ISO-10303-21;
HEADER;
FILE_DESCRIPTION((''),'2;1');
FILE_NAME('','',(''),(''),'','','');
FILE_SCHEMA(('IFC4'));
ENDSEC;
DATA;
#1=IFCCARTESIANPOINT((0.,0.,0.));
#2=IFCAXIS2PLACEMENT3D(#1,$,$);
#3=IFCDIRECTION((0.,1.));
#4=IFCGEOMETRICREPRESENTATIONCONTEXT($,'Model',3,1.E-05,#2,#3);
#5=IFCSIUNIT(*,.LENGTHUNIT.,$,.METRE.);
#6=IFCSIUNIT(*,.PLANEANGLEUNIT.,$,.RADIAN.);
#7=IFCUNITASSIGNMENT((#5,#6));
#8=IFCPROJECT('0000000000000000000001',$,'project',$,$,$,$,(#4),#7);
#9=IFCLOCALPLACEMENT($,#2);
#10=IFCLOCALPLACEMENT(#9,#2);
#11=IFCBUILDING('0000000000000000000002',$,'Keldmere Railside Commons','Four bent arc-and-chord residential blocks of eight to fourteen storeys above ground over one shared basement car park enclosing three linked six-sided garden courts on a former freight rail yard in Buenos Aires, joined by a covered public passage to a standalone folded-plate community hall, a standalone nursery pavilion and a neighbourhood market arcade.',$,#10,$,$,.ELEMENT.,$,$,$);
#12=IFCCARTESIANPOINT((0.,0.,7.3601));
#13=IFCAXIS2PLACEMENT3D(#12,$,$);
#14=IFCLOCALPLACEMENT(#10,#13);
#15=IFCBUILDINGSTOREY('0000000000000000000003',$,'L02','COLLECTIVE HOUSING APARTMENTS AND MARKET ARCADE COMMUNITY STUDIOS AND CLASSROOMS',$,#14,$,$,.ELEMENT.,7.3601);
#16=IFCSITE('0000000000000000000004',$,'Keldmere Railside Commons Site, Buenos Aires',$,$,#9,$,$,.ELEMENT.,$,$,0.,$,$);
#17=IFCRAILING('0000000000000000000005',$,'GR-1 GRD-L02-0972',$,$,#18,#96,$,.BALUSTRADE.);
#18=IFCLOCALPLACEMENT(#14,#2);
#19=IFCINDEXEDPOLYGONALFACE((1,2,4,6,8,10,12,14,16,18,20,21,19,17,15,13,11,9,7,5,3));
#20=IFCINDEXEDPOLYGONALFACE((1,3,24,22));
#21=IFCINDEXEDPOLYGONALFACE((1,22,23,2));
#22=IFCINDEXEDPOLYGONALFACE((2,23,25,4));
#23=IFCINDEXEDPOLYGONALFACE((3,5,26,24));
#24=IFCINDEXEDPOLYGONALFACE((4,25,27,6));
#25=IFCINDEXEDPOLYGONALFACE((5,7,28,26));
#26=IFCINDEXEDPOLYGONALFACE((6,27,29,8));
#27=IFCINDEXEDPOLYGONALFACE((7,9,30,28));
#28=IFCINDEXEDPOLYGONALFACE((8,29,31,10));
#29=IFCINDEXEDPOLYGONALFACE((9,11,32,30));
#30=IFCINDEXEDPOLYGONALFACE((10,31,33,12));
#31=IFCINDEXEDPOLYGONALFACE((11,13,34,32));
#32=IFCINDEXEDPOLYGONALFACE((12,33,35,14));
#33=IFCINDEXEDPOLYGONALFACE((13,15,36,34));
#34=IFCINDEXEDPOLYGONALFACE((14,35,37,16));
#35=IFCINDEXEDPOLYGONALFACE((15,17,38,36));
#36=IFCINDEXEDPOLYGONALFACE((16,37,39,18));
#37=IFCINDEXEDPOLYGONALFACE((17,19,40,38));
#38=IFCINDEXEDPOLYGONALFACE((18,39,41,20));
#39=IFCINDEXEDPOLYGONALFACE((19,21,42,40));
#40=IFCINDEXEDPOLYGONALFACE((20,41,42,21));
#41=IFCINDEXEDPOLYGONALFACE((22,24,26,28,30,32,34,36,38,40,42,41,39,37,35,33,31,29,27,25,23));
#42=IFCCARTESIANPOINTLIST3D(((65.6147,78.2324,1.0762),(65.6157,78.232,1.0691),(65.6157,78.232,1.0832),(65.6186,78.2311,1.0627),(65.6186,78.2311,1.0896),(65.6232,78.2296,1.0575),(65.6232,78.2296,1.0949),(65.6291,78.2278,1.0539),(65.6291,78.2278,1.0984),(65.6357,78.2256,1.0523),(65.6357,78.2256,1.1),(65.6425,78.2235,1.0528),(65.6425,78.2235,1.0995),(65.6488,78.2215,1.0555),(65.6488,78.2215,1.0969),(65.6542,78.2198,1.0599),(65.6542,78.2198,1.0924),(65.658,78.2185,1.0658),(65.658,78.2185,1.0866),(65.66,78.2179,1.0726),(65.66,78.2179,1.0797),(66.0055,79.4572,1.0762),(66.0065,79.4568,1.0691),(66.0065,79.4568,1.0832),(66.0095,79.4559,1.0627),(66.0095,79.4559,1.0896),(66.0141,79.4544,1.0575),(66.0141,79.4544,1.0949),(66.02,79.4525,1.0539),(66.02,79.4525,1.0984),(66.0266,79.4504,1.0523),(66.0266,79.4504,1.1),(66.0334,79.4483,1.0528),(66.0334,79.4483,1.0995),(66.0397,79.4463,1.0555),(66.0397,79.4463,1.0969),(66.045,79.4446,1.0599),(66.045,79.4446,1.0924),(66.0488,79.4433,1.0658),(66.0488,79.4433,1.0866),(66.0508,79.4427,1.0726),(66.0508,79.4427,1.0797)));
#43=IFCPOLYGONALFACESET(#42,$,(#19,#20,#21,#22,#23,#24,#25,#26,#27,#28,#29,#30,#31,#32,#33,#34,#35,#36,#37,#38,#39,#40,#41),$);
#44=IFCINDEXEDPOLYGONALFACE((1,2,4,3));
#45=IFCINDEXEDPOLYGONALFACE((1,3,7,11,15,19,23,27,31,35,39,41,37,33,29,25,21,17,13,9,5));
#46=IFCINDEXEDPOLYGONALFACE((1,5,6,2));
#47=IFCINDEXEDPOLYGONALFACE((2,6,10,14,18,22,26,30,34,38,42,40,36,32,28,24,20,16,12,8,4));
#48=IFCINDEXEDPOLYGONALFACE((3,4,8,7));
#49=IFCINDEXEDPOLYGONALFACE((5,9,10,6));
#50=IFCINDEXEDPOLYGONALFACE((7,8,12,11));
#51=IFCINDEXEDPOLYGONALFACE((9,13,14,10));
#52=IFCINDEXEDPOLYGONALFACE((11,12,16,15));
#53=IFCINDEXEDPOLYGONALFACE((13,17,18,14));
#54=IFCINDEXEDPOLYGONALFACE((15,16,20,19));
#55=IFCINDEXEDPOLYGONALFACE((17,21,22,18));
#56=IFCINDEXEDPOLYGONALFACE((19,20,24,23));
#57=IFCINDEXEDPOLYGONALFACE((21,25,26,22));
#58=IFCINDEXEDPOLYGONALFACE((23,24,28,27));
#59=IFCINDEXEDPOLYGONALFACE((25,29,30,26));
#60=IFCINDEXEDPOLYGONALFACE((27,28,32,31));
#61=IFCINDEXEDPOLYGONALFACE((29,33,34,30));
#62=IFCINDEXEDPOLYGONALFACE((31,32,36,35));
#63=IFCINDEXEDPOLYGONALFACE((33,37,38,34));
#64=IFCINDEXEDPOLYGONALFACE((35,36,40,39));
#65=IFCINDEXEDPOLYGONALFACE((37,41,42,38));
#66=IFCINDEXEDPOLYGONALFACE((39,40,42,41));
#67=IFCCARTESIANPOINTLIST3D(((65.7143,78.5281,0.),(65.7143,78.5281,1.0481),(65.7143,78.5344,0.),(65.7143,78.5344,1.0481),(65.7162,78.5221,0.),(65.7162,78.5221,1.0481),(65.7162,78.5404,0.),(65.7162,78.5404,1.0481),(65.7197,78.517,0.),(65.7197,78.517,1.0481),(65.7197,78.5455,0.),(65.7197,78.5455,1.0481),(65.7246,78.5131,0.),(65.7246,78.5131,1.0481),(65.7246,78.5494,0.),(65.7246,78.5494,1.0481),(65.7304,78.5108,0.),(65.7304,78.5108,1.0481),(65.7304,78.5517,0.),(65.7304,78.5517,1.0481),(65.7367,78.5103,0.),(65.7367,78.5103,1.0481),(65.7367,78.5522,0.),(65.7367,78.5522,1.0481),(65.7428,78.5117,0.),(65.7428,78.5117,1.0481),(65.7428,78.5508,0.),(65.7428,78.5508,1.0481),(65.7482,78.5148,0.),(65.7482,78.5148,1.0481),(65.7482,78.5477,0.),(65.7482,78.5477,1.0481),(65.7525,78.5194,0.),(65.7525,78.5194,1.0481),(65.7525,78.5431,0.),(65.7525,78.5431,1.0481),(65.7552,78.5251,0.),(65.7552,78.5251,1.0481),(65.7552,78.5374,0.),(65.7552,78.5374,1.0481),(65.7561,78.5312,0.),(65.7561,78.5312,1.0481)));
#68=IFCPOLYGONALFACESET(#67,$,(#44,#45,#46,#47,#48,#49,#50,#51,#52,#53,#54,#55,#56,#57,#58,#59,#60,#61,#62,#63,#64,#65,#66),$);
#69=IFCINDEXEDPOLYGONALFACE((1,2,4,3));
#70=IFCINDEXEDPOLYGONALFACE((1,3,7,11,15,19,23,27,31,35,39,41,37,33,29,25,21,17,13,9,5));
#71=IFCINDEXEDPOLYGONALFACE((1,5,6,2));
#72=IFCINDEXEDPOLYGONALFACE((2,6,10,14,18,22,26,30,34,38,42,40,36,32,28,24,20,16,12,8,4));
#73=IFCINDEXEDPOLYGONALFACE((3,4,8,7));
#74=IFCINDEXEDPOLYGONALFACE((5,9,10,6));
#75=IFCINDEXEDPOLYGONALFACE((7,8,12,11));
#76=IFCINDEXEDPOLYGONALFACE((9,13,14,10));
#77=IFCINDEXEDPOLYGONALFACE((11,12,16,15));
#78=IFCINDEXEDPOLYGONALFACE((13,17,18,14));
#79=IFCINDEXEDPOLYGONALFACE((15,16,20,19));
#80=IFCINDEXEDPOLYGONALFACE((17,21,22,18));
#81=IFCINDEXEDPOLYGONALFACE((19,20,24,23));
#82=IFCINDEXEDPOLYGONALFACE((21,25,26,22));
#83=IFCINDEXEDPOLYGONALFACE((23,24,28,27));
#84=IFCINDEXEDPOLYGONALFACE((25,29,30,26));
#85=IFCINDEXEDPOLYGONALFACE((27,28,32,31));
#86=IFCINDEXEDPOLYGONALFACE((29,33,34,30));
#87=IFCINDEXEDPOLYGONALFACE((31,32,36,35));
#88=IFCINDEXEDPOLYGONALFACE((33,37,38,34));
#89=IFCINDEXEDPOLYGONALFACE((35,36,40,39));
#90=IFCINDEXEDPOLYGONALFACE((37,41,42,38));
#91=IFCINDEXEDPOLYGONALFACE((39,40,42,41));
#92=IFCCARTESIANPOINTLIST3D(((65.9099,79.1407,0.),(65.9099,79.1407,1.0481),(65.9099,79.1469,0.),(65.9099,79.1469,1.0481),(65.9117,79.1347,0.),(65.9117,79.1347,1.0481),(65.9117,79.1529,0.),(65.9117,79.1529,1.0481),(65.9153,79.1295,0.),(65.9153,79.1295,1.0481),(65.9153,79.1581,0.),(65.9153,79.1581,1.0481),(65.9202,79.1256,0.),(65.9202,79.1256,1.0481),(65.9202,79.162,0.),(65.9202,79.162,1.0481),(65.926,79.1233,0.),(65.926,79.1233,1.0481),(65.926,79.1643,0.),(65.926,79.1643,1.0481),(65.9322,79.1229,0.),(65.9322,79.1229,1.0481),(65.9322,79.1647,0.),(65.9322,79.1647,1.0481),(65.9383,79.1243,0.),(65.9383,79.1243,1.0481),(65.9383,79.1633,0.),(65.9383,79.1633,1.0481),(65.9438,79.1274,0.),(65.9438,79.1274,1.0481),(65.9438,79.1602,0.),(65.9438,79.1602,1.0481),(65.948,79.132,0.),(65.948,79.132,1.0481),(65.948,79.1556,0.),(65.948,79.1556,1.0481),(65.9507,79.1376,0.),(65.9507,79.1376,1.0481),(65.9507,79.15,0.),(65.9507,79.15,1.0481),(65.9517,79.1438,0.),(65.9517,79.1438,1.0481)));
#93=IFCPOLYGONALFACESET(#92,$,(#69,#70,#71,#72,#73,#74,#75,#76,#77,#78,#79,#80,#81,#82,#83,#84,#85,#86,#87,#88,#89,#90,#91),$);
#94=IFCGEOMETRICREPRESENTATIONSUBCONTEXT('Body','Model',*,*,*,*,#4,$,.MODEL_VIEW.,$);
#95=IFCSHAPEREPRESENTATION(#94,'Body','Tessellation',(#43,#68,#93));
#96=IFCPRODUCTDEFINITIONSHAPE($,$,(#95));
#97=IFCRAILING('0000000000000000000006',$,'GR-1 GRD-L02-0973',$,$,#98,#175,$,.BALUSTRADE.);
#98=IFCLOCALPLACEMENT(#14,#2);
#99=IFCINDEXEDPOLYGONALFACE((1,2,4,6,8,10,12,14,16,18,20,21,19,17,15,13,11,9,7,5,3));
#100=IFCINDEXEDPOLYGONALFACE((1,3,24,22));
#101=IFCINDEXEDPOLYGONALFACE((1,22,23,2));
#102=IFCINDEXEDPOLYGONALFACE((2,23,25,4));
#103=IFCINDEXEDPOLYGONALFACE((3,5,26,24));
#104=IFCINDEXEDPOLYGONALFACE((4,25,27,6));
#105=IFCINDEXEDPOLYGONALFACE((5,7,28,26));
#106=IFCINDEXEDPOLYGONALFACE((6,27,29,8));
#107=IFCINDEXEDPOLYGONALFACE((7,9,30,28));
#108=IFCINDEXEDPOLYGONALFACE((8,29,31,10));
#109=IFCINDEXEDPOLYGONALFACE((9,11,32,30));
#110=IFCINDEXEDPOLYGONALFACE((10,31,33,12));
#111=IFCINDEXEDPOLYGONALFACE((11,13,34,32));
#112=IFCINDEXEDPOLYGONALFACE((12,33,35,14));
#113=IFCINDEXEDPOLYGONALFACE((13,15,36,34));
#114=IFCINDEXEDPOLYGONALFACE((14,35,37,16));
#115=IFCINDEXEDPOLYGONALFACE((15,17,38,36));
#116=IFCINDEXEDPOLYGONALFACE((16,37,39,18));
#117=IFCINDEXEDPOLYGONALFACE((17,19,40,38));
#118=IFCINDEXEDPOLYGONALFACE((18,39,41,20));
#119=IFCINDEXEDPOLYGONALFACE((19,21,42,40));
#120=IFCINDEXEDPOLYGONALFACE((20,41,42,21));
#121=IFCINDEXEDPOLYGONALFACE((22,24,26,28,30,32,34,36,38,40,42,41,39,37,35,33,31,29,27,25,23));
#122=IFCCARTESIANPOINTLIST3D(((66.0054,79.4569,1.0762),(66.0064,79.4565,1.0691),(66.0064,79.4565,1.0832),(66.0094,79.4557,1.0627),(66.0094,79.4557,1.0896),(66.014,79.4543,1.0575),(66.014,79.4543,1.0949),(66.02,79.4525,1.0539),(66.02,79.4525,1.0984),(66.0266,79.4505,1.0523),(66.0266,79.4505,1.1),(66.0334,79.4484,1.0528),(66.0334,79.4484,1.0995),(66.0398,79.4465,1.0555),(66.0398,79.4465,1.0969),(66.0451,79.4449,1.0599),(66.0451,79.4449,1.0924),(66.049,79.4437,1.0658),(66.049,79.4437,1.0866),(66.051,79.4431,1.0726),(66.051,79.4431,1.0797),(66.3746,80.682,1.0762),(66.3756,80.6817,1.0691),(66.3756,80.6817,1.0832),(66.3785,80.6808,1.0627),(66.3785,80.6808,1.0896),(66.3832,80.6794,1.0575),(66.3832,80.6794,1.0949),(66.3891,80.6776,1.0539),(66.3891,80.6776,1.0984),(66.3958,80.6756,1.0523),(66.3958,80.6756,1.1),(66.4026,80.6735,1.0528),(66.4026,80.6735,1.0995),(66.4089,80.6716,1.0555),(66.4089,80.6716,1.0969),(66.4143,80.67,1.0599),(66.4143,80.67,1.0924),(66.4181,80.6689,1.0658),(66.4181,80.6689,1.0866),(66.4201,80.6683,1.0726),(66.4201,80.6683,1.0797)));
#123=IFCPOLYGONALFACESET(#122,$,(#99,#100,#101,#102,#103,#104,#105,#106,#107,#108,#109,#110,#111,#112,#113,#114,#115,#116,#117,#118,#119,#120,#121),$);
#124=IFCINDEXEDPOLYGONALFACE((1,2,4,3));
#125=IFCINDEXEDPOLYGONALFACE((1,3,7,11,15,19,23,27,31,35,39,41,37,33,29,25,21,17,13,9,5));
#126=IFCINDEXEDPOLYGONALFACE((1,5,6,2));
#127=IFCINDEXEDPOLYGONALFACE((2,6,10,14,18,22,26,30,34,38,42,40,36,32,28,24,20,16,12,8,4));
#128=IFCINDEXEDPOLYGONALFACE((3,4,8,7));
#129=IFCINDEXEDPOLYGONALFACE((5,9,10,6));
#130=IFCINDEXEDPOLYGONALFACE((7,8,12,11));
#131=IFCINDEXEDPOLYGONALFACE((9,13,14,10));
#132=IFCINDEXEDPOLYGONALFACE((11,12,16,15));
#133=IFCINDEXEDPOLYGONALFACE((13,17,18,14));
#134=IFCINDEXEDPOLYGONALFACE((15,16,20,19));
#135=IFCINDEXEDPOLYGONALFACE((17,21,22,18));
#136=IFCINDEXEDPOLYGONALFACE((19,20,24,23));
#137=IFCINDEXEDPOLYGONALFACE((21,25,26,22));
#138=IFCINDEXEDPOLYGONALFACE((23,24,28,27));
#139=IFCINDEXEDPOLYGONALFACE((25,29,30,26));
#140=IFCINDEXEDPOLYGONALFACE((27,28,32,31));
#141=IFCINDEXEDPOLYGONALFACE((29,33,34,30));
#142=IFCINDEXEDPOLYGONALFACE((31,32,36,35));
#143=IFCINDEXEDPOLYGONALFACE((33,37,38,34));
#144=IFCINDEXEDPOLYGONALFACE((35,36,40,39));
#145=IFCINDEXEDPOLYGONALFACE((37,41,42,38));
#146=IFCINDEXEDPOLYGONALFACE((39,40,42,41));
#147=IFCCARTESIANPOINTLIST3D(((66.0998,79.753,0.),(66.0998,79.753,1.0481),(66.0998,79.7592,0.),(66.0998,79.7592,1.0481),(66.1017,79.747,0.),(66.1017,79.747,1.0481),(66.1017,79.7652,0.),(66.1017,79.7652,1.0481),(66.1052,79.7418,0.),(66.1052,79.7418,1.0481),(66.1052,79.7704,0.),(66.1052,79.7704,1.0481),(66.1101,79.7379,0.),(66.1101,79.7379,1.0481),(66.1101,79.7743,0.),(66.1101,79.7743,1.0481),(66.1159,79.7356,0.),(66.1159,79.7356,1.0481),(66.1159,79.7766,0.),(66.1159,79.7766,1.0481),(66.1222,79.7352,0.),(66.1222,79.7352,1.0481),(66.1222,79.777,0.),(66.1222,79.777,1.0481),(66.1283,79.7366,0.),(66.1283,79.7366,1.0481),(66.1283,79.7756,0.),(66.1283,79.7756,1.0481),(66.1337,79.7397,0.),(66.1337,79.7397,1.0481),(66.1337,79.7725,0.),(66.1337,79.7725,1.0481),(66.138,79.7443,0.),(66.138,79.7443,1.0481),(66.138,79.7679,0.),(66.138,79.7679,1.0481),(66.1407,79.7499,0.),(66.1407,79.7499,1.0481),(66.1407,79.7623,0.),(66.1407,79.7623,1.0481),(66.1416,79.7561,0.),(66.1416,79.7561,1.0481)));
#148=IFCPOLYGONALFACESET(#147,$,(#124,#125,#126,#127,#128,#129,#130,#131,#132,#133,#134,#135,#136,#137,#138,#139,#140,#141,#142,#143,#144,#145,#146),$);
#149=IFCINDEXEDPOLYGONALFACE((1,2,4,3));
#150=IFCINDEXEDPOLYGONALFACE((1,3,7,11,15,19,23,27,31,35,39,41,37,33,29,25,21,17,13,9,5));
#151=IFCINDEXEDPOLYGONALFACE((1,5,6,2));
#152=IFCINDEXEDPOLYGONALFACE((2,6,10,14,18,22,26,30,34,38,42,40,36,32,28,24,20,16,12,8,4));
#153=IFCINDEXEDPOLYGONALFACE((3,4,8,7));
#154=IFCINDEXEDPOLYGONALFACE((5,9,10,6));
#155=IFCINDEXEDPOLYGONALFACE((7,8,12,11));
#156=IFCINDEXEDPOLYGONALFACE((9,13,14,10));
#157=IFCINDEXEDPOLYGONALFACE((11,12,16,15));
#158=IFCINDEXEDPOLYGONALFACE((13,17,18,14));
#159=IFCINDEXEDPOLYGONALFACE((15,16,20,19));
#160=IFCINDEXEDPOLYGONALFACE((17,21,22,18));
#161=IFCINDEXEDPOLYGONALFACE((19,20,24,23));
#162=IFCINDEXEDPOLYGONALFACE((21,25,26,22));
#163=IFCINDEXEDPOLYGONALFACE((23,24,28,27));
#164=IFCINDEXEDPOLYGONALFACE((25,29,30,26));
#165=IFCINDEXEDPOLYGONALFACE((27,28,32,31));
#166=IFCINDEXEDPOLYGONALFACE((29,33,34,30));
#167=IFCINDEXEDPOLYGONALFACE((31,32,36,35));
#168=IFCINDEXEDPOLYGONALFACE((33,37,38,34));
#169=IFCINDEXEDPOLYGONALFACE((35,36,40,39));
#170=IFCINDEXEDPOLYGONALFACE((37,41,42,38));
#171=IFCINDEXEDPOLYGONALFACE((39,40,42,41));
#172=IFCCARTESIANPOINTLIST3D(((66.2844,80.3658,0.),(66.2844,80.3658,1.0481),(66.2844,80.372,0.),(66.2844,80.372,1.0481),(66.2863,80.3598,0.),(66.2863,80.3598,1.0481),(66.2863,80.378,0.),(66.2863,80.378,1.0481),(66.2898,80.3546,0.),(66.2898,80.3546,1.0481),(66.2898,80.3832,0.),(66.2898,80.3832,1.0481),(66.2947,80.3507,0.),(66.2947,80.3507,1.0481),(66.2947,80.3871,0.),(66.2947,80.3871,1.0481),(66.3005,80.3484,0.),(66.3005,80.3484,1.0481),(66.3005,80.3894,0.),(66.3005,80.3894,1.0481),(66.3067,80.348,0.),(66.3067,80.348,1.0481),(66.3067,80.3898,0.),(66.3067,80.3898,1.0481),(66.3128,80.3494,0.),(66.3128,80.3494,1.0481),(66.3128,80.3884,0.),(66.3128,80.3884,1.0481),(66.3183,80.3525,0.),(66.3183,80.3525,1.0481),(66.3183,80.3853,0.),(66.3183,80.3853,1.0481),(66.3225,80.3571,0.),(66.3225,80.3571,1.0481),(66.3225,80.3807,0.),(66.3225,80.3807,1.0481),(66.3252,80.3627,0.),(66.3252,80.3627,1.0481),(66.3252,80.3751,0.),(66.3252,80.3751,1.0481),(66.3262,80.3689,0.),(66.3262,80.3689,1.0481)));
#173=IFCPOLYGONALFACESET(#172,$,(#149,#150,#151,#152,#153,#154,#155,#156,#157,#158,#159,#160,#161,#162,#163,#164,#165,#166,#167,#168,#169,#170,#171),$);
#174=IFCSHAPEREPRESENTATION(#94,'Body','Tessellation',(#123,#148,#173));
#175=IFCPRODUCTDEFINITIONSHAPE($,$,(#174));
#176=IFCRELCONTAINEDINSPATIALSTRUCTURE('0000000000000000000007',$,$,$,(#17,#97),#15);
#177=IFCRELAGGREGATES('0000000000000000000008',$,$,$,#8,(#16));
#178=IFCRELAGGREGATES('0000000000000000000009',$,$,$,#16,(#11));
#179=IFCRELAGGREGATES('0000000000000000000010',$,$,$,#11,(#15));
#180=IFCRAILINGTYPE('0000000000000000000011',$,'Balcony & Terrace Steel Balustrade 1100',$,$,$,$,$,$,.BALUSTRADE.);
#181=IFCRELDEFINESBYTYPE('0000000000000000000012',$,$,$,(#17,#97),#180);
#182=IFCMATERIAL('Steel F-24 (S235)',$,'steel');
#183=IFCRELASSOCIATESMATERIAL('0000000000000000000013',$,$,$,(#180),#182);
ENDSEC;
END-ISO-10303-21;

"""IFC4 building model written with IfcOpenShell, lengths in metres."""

from ifc_helpers import new_model, si_unit, direction, frame, origin, origin_2d, place, context, subcontext, project, spatial, circle, extrude, material, type_object, element, save


model = new_model("IFC4")

# Units and contexts
model_context = context("Model", 3, precision=1e-05, world=origin(), true_north=direction((0.0, 1.0)))
body_context = subcontext(model_context, "Body", "Model", "MODEL_VIEW")
ifc_project = project(units=[si_unit("LENGTHUNIT", "METRE"), si_unit("PLANEANGLEUNIT", "RADIAN")], contexts=[model_context])

# Site, building, storey
site_placement = place(None, origin())
site = spatial("IfcSite", under=ifc_project, at=site_placement, Name="Keldmere Railside Commons Site, Buenos Aires", CompositionType="ELEMENT", RefElevation=0.0)
building_placement = place(site_placement, origin())
building = spatial("IfcBuilding", under=site, at=building_placement, Name="Keldmere Railside Commons", Description="Four bent arc-and-chord residential blocks of eight to fourteen storeys above ground over one shared basement car park enclosing three linked six-sided garden courts on a former freight rail yard in Buenos Aires, joined by a covered public passage to a standalone folded-plate community hall, a standalone nursery pavilion and a neighbourhood market arcade.", CompositionType="ELEMENT")
storey_placement = place(building_placement, frame((0.0, 0.0, 7.3601)))
storey = spatial("IfcBuildingStorey", under=building, at=storey_placement, Name="L02", Description="COLLECTIVE HOUSING APARTMENTS AND MARKET ARCADE COMMUNITY STUDIOS AND CLASSROOMS", CompositionType="ELEMENT", Elevation=7.3601)

# Railings
ifc_material_1 = material(Name="Steel F-24 (S235)", Category="steel")
railing_type = type_object("IfcRailingType", Name="Balcony & Terrace Steel Balustrade 1100", PredefinedType="BALUSTRADE", material=ifc_material_1)
railing_1_placement = place(storey_placement, frame((65.6375, 78.2251, 0.0)))
element("IfcRailing", 1, at=railing_1_placement, inside=storey, type_object=railing_type, Name="GR-1 GRD-L02-0972", PredefinedType="BALUSTRADE", context=body_context, shape_type="SweptSolid", body=[
    extrude(circle(Radius=0.0239, at=origin_2d()), frame((0.0, 0.0, 1.0762), z_axis=(0.304011, 0.952669, 0.0), x_axis=(-0.952669, 0.304011, 0.0)), (0.0, 0.0, 1.0), 1.2856),
    extrude(circle(Radius=0.021, at=origin_2d()), frame((0.0977, 0.3062, 0.0)), (0.0, 0.0, 1.0), 1.0481),
    extrude(circle(Radius=0.021, at=origin_2d()), frame((0.2932, 0.9187, 0.0)), (0.0, 0.0, 1.0), 1.0481),
])
railing_2_placement = place(storey_placement, frame((66.0283, 79.45, 0.0)))
element("IfcRailing", 2, at=railing_2_placement, inside=storey, type_object=railing_type, Name="GR-1 GRD-L02-0973", PredefinedType="BALUSTRADE", context=body_context, shape_type="SweptSolid", body=[
    extrude(circle(Radius=0.0239, at=origin_2d()), frame((0.0, 0.0, 1.0762), z_axis=(0.288503, 0.957479, 0.0), x_axis=(-0.957479, 0.288503, 0.0)), (0.0, 0.0, 1.0), 1.2795),
    extrude(circle(Radius=0.021, at=origin_2d()), frame((0.0923, 0.3062, 0.0)), (0.0, 0.0, 1.0), 1.0481),
    extrude(circle(Radius=0.021, at=origin_2d()), frame((0.2769, 0.9189, 0.0)), (0.0, 0.0, 1.0), 1.0481),
])

save(model, "model.ifc")
